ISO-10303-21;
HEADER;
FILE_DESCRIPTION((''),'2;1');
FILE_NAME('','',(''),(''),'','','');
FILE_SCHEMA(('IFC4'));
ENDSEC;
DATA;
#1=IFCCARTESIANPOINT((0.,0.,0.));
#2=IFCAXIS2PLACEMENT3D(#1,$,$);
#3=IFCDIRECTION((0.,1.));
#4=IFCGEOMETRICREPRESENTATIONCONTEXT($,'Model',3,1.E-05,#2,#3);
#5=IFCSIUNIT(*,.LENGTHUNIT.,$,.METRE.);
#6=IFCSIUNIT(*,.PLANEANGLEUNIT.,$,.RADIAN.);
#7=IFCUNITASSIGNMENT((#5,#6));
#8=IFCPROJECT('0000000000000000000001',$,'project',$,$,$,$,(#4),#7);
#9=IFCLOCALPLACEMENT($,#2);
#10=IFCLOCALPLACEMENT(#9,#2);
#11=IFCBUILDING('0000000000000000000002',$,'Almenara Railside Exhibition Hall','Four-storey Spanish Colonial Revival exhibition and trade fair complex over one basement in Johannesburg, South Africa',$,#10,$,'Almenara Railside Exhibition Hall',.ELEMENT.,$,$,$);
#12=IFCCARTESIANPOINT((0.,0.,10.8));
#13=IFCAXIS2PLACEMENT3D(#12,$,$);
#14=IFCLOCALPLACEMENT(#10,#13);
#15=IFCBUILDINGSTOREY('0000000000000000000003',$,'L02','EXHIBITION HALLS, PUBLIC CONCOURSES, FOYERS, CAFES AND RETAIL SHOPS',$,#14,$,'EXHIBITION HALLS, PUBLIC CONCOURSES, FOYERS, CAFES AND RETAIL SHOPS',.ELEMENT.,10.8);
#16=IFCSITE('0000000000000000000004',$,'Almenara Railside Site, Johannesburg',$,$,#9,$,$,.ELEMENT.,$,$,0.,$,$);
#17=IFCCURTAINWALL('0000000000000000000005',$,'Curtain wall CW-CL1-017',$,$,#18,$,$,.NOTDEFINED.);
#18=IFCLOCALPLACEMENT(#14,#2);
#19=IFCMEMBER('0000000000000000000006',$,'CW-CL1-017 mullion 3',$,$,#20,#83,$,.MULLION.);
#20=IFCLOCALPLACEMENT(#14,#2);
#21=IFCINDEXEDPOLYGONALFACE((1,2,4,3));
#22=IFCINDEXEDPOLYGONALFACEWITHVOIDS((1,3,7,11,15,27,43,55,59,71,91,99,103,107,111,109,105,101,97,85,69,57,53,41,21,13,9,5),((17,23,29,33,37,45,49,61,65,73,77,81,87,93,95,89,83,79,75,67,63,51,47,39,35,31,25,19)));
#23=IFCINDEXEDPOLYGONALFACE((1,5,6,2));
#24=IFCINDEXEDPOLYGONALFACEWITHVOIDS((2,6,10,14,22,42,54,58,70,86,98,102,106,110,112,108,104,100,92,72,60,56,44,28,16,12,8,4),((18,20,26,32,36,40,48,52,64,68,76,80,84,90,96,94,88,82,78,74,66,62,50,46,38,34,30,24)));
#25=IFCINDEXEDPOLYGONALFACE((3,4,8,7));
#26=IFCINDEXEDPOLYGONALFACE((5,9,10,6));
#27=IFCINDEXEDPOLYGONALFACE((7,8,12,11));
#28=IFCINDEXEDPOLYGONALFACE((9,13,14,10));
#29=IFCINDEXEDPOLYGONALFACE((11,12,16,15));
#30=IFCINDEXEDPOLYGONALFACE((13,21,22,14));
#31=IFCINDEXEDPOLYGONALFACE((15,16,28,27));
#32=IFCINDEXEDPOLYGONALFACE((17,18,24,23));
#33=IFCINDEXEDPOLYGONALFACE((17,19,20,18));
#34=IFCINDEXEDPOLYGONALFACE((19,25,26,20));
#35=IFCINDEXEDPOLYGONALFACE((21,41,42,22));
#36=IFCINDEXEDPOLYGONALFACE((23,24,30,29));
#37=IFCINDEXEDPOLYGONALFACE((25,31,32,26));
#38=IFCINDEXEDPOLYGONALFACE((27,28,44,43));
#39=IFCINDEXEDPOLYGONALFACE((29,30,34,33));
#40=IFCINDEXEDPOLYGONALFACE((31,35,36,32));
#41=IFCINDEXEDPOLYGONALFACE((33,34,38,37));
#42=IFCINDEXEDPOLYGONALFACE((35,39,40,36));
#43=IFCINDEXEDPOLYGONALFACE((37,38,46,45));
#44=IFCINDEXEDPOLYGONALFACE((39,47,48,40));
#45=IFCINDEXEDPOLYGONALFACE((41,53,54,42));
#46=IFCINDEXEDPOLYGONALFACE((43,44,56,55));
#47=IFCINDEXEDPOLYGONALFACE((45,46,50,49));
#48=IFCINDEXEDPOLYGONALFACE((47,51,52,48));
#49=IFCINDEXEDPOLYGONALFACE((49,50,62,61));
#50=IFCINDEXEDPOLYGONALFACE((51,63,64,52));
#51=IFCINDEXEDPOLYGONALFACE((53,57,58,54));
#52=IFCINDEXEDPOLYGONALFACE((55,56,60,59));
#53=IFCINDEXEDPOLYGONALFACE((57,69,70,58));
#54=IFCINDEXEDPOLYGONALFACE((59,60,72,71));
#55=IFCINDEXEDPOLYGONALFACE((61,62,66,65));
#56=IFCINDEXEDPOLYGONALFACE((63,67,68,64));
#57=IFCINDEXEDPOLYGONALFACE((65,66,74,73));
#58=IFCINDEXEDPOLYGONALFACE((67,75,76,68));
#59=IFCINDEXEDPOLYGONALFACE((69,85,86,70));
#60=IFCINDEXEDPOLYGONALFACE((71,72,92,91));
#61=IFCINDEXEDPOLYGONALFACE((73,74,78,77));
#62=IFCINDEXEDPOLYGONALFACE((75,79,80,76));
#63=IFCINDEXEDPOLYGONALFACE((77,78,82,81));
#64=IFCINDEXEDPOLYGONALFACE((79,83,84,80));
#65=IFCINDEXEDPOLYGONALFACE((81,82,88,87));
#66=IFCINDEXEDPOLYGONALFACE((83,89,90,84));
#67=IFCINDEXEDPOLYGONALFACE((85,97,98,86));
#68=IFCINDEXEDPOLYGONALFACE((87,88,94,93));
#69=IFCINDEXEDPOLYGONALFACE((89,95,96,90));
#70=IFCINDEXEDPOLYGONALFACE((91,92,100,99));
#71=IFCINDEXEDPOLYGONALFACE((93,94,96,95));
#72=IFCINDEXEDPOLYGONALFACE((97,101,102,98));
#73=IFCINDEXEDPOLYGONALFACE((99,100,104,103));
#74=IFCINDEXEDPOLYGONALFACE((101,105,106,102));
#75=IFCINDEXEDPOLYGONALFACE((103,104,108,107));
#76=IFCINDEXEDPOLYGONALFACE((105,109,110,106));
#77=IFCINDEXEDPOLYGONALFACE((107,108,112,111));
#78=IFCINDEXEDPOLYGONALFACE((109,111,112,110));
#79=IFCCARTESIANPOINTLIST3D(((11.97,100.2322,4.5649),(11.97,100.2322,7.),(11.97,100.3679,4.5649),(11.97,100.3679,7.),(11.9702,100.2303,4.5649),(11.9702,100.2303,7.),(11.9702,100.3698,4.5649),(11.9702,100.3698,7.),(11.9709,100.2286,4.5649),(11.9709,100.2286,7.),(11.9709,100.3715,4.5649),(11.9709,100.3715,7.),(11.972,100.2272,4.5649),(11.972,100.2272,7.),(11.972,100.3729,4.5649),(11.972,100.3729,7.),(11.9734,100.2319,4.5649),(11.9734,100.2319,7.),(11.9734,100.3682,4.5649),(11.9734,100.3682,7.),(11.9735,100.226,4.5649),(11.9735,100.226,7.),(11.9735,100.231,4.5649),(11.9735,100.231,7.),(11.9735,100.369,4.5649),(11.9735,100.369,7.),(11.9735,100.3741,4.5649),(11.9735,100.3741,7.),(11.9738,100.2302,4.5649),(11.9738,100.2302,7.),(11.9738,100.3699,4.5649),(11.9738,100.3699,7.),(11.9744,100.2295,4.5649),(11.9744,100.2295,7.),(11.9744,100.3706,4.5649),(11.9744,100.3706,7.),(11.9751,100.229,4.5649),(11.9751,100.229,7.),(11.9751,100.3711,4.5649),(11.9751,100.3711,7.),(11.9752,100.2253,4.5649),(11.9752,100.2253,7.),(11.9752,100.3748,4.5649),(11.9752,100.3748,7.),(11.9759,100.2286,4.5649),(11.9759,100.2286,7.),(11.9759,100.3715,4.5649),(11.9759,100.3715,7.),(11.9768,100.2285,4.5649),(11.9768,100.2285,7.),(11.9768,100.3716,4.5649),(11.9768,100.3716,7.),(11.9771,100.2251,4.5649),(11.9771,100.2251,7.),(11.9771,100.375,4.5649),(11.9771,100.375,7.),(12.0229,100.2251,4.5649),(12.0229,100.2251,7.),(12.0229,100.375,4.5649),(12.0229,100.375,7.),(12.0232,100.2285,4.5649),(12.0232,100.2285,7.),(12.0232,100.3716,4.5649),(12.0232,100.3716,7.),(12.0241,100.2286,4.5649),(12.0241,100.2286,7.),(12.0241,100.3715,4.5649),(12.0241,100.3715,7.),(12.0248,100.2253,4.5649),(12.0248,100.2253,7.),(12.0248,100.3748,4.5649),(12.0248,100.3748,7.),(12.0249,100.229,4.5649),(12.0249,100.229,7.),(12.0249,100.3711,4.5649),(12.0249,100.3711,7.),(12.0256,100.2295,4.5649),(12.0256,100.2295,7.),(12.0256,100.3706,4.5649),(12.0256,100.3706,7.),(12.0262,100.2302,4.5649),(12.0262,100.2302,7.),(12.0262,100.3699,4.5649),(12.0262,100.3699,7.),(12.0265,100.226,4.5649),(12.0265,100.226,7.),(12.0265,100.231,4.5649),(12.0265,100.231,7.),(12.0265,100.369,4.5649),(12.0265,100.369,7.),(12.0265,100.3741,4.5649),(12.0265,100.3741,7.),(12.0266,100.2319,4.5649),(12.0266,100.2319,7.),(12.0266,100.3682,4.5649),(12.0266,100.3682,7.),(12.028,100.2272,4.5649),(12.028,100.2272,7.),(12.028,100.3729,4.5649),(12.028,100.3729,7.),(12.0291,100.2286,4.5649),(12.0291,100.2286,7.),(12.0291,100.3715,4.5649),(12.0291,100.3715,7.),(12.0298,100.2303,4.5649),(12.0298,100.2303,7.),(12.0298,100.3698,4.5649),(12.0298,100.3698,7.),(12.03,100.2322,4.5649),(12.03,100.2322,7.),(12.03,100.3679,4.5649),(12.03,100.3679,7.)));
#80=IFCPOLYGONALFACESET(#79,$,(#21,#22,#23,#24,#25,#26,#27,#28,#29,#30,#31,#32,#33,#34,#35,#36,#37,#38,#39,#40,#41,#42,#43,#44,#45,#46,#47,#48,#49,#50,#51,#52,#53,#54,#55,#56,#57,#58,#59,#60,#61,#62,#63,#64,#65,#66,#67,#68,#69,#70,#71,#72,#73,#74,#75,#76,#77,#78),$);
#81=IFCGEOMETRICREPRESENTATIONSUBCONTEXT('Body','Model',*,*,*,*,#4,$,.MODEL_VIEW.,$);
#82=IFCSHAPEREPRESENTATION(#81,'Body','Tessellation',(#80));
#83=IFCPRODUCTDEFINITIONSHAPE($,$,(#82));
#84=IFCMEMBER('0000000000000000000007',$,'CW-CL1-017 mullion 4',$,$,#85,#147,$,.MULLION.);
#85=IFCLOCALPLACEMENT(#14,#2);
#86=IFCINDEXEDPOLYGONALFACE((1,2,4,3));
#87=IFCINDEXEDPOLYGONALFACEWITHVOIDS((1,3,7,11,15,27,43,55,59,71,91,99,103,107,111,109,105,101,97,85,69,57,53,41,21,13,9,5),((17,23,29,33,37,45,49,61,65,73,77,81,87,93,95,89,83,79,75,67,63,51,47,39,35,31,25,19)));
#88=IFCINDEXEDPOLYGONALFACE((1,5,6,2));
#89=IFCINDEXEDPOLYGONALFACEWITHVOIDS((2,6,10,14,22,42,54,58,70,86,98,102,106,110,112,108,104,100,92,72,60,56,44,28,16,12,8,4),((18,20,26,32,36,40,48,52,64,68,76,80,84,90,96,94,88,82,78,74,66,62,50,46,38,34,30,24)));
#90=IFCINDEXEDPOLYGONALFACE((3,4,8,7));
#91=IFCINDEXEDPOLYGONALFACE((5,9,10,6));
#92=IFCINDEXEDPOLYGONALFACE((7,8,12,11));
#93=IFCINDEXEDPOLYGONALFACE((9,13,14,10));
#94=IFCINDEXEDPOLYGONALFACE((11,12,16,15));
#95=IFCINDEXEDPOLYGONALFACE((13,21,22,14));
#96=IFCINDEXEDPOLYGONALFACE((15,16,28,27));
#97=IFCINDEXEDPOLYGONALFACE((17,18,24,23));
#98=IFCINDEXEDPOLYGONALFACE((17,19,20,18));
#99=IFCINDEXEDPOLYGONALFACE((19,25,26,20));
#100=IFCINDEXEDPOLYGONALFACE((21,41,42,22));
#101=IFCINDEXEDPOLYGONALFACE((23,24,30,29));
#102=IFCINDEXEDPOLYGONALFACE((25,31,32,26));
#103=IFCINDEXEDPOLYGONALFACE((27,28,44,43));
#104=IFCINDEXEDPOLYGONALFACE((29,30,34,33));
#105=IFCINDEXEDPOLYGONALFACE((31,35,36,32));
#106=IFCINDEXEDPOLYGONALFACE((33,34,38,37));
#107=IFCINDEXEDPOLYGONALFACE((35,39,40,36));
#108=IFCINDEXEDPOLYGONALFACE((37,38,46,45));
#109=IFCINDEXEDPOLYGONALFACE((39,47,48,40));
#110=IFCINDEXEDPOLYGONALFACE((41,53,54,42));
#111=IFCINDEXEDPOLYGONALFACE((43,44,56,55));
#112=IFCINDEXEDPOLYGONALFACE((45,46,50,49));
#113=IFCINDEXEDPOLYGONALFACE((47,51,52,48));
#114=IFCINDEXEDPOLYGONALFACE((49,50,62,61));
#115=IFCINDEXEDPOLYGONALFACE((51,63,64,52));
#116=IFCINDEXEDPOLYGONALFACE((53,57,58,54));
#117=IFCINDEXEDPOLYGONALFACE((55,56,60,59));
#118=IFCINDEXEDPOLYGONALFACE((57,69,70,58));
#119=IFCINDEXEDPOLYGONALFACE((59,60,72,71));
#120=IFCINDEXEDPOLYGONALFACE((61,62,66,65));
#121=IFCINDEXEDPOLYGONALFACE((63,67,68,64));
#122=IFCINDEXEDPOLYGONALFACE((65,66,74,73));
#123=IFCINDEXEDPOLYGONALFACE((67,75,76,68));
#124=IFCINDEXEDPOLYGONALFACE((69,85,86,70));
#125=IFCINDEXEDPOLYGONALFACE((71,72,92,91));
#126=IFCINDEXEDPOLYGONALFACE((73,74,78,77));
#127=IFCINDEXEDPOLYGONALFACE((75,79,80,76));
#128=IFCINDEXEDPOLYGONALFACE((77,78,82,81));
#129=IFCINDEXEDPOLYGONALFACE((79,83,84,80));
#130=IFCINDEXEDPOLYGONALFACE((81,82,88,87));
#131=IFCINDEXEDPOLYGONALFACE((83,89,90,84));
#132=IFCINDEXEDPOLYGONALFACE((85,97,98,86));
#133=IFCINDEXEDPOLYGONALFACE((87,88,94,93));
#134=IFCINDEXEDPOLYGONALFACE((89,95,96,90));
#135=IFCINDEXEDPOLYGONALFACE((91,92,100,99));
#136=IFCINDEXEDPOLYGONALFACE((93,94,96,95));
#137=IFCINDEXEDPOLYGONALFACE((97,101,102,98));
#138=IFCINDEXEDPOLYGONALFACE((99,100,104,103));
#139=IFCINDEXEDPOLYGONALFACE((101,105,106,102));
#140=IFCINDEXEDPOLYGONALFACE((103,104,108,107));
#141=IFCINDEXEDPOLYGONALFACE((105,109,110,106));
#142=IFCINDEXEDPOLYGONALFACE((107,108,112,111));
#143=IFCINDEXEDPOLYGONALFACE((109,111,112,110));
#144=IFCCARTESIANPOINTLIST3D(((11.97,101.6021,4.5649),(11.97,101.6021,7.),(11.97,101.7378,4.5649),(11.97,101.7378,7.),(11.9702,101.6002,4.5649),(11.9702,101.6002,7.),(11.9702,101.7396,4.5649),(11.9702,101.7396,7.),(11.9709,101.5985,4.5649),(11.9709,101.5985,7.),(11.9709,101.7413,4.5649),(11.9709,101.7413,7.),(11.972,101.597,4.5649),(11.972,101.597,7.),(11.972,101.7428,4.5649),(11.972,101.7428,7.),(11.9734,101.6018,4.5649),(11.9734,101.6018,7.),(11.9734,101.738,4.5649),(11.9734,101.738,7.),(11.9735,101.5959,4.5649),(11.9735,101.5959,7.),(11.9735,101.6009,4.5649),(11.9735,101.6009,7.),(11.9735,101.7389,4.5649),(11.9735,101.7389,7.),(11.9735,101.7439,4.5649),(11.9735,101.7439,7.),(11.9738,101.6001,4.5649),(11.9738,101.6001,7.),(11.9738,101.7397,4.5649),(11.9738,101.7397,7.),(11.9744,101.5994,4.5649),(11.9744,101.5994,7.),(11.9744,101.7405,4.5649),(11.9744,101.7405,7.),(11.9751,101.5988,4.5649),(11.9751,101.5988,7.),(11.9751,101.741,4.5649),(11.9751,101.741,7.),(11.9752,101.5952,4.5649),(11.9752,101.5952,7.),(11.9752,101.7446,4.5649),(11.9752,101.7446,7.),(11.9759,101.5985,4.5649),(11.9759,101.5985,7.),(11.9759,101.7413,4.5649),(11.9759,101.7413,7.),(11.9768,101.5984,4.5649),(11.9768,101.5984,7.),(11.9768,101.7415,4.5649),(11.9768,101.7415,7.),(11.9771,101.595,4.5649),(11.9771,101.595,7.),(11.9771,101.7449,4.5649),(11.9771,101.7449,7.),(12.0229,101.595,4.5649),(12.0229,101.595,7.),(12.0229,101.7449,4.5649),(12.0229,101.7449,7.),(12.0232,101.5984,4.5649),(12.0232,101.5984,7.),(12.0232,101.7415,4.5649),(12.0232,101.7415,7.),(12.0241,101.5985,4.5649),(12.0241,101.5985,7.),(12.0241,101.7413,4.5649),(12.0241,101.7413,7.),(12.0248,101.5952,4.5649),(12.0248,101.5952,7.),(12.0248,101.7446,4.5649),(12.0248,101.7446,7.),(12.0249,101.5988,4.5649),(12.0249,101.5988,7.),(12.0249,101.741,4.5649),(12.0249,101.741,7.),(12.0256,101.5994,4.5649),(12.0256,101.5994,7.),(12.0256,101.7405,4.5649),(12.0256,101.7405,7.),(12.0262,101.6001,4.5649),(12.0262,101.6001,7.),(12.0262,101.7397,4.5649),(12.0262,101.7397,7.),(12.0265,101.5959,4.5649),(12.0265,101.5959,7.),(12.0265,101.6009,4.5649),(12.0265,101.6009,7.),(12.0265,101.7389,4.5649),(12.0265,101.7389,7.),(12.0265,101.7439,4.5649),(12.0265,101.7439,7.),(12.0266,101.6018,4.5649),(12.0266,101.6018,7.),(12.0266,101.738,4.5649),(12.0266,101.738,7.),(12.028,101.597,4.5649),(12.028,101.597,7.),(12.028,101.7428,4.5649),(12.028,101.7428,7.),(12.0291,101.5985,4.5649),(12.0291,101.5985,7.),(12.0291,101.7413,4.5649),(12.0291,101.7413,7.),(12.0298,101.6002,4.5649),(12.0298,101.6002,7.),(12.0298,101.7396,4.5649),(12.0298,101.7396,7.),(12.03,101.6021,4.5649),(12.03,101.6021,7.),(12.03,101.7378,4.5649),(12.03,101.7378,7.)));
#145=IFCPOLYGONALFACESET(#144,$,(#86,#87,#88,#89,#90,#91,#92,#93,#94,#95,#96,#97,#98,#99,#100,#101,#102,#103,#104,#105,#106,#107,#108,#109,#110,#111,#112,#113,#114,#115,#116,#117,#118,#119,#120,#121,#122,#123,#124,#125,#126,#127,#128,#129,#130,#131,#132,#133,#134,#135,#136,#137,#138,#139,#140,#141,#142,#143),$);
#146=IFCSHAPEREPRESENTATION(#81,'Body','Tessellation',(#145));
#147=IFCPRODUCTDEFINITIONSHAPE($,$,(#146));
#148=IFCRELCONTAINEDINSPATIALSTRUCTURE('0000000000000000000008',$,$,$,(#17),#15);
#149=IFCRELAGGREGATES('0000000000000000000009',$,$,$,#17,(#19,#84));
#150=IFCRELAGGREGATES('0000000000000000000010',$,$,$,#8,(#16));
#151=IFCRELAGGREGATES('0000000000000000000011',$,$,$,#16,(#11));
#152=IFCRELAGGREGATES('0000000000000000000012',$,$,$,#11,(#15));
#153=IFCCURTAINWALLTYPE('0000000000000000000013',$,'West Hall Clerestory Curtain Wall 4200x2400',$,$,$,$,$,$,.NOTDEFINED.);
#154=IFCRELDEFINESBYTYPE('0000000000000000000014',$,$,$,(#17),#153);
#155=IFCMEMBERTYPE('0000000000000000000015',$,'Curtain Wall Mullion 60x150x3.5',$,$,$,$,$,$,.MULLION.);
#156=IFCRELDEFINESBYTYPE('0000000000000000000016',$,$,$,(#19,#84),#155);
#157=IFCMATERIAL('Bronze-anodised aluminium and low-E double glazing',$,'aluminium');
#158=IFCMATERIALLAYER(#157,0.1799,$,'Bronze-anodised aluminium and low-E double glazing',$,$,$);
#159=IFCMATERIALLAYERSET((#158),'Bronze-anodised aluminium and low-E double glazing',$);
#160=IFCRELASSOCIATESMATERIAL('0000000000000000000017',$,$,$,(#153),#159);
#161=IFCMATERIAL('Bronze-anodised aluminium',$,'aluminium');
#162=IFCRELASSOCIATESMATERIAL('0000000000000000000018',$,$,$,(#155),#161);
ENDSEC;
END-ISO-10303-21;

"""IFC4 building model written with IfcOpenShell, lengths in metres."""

from ifc_helpers import new_model, si_unit, direction, frame, origin, origin_2d, place, context, subcontext, project, spatial, hollow_rectangle, extrude, material, layer, layer_set, material_profile, profile_set, type_object, element, aggregate, save


model = new_model("IFC4")

# Units and contexts
model_context = context("Model", 3, precision=1e-05, world=origin(), true_north=direction((0.0, 1.0)))
body_context = subcontext(model_context, "Body", "Model", "MODEL_VIEW")
ifc_project = project(units=[si_unit("LENGTHUNIT", "METRE"), si_unit("PLANEANGLEUNIT", "RADIAN")], contexts=[model_context])

# Site, building, storey
site_placement = place(None, origin())
site = spatial("IfcSite", under=ifc_project, at=site_placement, Name="Almenara Railside Site, Johannesburg", CompositionType="ELEMENT", RefElevation=0.0)
building_placement = place(site_placement, origin())
building = spatial("IfcBuilding", under=site, at=building_placement, Name="Almenara Railside Exhibition Hall", Description="Four-storey Spanish Colonial Revival exhibition and trade fair complex over one basement in Johannesburg, South Africa", LongName="Almenara Railside Exhibition Hall", CompositionType="ELEMENT")
storey_placement = place(building_placement, frame((0.0, 0.0, 10.8)))
storey = spatial("IfcBuildingStorey", under=building, at=storey_placement, Name="L02", Description="EXHIBITION HALLS, PUBLIC CONCOURSES, FOYERS, CAFES AND RETAIL SHOPS", LongName="EXHIBITION HALLS, PUBLIC CONCOURSES, FOYERS, CAFES AND RETAIL SHOPS", CompositionType="ELEMENT", Elevation=10.8)

# Curtain wall, members
ifc_material_1 = material(Name="Bronze-anodised aluminium and low-E double glazing", Category="aluminium")
ifc_layer_1 = layer(ifc_material_1, 0.1799, Name="Bronze-anodised aluminium and low-E double glazing")
ifc_layer_set_1 = layer_set([ifc_layer_1], Name="Bronze-anodised aluminium and low-E double glazing")
curtain_wall_type = type_object("IfcCurtainWallType", Name="West Hall Clerestory Curtain Wall 4200x2400", PredefinedType="NOTDEFINED", material=ifc_layer_set_1)
ifc_material_2 = material(Name="Bronze-anodised aluminium", Category="aluminium")
curtain_wall_1_placement = place(storey_placement, origin())
curtain_wall_1 = element("IfcCurtainWall", 1, at=curtain_wall_1_placement, inside=storey, type_object=curtain_wall_type, Name="Curtain wall CW-CL1-017", PredefinedType="NOTDEFINED")
ifc_material_profile_1 = material_profile(ifc_material_2, hollow_rectangle(XDim=0.0601, YDim=0.1499, WallThickness=0.0034, InnerFilletRadius=0.0034, OuterFilletRadius=0.0071, at=origin_2d()), Name="ALU-MUL 60x150x3.5")
ifc_profile_set_1 = profile_set([ifc_material_profile_1], Name="Bronze-anodised aluminium")
member_type_1 = type_object("IfcMemberType", Name="Curtain Wall Mullion 60x150x3.5", PredefinedType="MULLION", material=ifc_profile_set_1)
member_1_placement = place(storey_placement, frame((12.0, 100.3, 4.5649), z_axis=(0.0, 0.0, 1.0), x_axis=(-1.0, 0.0, 0.0)))
member_1 = element("IfcMember", 2, at=member_1_placement, type_object=member_type_1, Name="CW-CL1-017 mullion 3", PredefinedType="MULLION", context=body_context, shape_type="SweptSolid", body=[
    extrude(hollow_rectangle(XDim=0.0601, YDim=0.1499, WallThickness=0.0034, InnerFilletRadius=0.0034, OuterFilletRadius=0.0071, at=origin_2d()), origin(), (0.0, 0.0, 1.0), 2.4351),
])
member_2_placement = place(storey_placement, frame((12.0, 101.6699, 4.5649), z_axis=(0.0, 0.0, 1.0), x_axis=(-1.0, 0.0, 0.0)))
member_2 = element("IfcMember", 3, at=member_2_placement, type_object=member_type_1, Name="CW-CL1-017 mullion 4", PredefinedType="MULLION", context=body_context, shape_type="SweptSolid", body=[
    extrude(hollow_rectangle(XDim=0.0601, YDim=0.1499, WallThickness=0.0034, InnerFilletRadius=0.0034, OuterFilletRadius=0.0071, at=origin_2d()), origin(), (0.0, 0.0, 1.0), 2.4351),
])

aggregate(curtain_wall_1, [member_1, member_2])

save(model, "model.ifc")
